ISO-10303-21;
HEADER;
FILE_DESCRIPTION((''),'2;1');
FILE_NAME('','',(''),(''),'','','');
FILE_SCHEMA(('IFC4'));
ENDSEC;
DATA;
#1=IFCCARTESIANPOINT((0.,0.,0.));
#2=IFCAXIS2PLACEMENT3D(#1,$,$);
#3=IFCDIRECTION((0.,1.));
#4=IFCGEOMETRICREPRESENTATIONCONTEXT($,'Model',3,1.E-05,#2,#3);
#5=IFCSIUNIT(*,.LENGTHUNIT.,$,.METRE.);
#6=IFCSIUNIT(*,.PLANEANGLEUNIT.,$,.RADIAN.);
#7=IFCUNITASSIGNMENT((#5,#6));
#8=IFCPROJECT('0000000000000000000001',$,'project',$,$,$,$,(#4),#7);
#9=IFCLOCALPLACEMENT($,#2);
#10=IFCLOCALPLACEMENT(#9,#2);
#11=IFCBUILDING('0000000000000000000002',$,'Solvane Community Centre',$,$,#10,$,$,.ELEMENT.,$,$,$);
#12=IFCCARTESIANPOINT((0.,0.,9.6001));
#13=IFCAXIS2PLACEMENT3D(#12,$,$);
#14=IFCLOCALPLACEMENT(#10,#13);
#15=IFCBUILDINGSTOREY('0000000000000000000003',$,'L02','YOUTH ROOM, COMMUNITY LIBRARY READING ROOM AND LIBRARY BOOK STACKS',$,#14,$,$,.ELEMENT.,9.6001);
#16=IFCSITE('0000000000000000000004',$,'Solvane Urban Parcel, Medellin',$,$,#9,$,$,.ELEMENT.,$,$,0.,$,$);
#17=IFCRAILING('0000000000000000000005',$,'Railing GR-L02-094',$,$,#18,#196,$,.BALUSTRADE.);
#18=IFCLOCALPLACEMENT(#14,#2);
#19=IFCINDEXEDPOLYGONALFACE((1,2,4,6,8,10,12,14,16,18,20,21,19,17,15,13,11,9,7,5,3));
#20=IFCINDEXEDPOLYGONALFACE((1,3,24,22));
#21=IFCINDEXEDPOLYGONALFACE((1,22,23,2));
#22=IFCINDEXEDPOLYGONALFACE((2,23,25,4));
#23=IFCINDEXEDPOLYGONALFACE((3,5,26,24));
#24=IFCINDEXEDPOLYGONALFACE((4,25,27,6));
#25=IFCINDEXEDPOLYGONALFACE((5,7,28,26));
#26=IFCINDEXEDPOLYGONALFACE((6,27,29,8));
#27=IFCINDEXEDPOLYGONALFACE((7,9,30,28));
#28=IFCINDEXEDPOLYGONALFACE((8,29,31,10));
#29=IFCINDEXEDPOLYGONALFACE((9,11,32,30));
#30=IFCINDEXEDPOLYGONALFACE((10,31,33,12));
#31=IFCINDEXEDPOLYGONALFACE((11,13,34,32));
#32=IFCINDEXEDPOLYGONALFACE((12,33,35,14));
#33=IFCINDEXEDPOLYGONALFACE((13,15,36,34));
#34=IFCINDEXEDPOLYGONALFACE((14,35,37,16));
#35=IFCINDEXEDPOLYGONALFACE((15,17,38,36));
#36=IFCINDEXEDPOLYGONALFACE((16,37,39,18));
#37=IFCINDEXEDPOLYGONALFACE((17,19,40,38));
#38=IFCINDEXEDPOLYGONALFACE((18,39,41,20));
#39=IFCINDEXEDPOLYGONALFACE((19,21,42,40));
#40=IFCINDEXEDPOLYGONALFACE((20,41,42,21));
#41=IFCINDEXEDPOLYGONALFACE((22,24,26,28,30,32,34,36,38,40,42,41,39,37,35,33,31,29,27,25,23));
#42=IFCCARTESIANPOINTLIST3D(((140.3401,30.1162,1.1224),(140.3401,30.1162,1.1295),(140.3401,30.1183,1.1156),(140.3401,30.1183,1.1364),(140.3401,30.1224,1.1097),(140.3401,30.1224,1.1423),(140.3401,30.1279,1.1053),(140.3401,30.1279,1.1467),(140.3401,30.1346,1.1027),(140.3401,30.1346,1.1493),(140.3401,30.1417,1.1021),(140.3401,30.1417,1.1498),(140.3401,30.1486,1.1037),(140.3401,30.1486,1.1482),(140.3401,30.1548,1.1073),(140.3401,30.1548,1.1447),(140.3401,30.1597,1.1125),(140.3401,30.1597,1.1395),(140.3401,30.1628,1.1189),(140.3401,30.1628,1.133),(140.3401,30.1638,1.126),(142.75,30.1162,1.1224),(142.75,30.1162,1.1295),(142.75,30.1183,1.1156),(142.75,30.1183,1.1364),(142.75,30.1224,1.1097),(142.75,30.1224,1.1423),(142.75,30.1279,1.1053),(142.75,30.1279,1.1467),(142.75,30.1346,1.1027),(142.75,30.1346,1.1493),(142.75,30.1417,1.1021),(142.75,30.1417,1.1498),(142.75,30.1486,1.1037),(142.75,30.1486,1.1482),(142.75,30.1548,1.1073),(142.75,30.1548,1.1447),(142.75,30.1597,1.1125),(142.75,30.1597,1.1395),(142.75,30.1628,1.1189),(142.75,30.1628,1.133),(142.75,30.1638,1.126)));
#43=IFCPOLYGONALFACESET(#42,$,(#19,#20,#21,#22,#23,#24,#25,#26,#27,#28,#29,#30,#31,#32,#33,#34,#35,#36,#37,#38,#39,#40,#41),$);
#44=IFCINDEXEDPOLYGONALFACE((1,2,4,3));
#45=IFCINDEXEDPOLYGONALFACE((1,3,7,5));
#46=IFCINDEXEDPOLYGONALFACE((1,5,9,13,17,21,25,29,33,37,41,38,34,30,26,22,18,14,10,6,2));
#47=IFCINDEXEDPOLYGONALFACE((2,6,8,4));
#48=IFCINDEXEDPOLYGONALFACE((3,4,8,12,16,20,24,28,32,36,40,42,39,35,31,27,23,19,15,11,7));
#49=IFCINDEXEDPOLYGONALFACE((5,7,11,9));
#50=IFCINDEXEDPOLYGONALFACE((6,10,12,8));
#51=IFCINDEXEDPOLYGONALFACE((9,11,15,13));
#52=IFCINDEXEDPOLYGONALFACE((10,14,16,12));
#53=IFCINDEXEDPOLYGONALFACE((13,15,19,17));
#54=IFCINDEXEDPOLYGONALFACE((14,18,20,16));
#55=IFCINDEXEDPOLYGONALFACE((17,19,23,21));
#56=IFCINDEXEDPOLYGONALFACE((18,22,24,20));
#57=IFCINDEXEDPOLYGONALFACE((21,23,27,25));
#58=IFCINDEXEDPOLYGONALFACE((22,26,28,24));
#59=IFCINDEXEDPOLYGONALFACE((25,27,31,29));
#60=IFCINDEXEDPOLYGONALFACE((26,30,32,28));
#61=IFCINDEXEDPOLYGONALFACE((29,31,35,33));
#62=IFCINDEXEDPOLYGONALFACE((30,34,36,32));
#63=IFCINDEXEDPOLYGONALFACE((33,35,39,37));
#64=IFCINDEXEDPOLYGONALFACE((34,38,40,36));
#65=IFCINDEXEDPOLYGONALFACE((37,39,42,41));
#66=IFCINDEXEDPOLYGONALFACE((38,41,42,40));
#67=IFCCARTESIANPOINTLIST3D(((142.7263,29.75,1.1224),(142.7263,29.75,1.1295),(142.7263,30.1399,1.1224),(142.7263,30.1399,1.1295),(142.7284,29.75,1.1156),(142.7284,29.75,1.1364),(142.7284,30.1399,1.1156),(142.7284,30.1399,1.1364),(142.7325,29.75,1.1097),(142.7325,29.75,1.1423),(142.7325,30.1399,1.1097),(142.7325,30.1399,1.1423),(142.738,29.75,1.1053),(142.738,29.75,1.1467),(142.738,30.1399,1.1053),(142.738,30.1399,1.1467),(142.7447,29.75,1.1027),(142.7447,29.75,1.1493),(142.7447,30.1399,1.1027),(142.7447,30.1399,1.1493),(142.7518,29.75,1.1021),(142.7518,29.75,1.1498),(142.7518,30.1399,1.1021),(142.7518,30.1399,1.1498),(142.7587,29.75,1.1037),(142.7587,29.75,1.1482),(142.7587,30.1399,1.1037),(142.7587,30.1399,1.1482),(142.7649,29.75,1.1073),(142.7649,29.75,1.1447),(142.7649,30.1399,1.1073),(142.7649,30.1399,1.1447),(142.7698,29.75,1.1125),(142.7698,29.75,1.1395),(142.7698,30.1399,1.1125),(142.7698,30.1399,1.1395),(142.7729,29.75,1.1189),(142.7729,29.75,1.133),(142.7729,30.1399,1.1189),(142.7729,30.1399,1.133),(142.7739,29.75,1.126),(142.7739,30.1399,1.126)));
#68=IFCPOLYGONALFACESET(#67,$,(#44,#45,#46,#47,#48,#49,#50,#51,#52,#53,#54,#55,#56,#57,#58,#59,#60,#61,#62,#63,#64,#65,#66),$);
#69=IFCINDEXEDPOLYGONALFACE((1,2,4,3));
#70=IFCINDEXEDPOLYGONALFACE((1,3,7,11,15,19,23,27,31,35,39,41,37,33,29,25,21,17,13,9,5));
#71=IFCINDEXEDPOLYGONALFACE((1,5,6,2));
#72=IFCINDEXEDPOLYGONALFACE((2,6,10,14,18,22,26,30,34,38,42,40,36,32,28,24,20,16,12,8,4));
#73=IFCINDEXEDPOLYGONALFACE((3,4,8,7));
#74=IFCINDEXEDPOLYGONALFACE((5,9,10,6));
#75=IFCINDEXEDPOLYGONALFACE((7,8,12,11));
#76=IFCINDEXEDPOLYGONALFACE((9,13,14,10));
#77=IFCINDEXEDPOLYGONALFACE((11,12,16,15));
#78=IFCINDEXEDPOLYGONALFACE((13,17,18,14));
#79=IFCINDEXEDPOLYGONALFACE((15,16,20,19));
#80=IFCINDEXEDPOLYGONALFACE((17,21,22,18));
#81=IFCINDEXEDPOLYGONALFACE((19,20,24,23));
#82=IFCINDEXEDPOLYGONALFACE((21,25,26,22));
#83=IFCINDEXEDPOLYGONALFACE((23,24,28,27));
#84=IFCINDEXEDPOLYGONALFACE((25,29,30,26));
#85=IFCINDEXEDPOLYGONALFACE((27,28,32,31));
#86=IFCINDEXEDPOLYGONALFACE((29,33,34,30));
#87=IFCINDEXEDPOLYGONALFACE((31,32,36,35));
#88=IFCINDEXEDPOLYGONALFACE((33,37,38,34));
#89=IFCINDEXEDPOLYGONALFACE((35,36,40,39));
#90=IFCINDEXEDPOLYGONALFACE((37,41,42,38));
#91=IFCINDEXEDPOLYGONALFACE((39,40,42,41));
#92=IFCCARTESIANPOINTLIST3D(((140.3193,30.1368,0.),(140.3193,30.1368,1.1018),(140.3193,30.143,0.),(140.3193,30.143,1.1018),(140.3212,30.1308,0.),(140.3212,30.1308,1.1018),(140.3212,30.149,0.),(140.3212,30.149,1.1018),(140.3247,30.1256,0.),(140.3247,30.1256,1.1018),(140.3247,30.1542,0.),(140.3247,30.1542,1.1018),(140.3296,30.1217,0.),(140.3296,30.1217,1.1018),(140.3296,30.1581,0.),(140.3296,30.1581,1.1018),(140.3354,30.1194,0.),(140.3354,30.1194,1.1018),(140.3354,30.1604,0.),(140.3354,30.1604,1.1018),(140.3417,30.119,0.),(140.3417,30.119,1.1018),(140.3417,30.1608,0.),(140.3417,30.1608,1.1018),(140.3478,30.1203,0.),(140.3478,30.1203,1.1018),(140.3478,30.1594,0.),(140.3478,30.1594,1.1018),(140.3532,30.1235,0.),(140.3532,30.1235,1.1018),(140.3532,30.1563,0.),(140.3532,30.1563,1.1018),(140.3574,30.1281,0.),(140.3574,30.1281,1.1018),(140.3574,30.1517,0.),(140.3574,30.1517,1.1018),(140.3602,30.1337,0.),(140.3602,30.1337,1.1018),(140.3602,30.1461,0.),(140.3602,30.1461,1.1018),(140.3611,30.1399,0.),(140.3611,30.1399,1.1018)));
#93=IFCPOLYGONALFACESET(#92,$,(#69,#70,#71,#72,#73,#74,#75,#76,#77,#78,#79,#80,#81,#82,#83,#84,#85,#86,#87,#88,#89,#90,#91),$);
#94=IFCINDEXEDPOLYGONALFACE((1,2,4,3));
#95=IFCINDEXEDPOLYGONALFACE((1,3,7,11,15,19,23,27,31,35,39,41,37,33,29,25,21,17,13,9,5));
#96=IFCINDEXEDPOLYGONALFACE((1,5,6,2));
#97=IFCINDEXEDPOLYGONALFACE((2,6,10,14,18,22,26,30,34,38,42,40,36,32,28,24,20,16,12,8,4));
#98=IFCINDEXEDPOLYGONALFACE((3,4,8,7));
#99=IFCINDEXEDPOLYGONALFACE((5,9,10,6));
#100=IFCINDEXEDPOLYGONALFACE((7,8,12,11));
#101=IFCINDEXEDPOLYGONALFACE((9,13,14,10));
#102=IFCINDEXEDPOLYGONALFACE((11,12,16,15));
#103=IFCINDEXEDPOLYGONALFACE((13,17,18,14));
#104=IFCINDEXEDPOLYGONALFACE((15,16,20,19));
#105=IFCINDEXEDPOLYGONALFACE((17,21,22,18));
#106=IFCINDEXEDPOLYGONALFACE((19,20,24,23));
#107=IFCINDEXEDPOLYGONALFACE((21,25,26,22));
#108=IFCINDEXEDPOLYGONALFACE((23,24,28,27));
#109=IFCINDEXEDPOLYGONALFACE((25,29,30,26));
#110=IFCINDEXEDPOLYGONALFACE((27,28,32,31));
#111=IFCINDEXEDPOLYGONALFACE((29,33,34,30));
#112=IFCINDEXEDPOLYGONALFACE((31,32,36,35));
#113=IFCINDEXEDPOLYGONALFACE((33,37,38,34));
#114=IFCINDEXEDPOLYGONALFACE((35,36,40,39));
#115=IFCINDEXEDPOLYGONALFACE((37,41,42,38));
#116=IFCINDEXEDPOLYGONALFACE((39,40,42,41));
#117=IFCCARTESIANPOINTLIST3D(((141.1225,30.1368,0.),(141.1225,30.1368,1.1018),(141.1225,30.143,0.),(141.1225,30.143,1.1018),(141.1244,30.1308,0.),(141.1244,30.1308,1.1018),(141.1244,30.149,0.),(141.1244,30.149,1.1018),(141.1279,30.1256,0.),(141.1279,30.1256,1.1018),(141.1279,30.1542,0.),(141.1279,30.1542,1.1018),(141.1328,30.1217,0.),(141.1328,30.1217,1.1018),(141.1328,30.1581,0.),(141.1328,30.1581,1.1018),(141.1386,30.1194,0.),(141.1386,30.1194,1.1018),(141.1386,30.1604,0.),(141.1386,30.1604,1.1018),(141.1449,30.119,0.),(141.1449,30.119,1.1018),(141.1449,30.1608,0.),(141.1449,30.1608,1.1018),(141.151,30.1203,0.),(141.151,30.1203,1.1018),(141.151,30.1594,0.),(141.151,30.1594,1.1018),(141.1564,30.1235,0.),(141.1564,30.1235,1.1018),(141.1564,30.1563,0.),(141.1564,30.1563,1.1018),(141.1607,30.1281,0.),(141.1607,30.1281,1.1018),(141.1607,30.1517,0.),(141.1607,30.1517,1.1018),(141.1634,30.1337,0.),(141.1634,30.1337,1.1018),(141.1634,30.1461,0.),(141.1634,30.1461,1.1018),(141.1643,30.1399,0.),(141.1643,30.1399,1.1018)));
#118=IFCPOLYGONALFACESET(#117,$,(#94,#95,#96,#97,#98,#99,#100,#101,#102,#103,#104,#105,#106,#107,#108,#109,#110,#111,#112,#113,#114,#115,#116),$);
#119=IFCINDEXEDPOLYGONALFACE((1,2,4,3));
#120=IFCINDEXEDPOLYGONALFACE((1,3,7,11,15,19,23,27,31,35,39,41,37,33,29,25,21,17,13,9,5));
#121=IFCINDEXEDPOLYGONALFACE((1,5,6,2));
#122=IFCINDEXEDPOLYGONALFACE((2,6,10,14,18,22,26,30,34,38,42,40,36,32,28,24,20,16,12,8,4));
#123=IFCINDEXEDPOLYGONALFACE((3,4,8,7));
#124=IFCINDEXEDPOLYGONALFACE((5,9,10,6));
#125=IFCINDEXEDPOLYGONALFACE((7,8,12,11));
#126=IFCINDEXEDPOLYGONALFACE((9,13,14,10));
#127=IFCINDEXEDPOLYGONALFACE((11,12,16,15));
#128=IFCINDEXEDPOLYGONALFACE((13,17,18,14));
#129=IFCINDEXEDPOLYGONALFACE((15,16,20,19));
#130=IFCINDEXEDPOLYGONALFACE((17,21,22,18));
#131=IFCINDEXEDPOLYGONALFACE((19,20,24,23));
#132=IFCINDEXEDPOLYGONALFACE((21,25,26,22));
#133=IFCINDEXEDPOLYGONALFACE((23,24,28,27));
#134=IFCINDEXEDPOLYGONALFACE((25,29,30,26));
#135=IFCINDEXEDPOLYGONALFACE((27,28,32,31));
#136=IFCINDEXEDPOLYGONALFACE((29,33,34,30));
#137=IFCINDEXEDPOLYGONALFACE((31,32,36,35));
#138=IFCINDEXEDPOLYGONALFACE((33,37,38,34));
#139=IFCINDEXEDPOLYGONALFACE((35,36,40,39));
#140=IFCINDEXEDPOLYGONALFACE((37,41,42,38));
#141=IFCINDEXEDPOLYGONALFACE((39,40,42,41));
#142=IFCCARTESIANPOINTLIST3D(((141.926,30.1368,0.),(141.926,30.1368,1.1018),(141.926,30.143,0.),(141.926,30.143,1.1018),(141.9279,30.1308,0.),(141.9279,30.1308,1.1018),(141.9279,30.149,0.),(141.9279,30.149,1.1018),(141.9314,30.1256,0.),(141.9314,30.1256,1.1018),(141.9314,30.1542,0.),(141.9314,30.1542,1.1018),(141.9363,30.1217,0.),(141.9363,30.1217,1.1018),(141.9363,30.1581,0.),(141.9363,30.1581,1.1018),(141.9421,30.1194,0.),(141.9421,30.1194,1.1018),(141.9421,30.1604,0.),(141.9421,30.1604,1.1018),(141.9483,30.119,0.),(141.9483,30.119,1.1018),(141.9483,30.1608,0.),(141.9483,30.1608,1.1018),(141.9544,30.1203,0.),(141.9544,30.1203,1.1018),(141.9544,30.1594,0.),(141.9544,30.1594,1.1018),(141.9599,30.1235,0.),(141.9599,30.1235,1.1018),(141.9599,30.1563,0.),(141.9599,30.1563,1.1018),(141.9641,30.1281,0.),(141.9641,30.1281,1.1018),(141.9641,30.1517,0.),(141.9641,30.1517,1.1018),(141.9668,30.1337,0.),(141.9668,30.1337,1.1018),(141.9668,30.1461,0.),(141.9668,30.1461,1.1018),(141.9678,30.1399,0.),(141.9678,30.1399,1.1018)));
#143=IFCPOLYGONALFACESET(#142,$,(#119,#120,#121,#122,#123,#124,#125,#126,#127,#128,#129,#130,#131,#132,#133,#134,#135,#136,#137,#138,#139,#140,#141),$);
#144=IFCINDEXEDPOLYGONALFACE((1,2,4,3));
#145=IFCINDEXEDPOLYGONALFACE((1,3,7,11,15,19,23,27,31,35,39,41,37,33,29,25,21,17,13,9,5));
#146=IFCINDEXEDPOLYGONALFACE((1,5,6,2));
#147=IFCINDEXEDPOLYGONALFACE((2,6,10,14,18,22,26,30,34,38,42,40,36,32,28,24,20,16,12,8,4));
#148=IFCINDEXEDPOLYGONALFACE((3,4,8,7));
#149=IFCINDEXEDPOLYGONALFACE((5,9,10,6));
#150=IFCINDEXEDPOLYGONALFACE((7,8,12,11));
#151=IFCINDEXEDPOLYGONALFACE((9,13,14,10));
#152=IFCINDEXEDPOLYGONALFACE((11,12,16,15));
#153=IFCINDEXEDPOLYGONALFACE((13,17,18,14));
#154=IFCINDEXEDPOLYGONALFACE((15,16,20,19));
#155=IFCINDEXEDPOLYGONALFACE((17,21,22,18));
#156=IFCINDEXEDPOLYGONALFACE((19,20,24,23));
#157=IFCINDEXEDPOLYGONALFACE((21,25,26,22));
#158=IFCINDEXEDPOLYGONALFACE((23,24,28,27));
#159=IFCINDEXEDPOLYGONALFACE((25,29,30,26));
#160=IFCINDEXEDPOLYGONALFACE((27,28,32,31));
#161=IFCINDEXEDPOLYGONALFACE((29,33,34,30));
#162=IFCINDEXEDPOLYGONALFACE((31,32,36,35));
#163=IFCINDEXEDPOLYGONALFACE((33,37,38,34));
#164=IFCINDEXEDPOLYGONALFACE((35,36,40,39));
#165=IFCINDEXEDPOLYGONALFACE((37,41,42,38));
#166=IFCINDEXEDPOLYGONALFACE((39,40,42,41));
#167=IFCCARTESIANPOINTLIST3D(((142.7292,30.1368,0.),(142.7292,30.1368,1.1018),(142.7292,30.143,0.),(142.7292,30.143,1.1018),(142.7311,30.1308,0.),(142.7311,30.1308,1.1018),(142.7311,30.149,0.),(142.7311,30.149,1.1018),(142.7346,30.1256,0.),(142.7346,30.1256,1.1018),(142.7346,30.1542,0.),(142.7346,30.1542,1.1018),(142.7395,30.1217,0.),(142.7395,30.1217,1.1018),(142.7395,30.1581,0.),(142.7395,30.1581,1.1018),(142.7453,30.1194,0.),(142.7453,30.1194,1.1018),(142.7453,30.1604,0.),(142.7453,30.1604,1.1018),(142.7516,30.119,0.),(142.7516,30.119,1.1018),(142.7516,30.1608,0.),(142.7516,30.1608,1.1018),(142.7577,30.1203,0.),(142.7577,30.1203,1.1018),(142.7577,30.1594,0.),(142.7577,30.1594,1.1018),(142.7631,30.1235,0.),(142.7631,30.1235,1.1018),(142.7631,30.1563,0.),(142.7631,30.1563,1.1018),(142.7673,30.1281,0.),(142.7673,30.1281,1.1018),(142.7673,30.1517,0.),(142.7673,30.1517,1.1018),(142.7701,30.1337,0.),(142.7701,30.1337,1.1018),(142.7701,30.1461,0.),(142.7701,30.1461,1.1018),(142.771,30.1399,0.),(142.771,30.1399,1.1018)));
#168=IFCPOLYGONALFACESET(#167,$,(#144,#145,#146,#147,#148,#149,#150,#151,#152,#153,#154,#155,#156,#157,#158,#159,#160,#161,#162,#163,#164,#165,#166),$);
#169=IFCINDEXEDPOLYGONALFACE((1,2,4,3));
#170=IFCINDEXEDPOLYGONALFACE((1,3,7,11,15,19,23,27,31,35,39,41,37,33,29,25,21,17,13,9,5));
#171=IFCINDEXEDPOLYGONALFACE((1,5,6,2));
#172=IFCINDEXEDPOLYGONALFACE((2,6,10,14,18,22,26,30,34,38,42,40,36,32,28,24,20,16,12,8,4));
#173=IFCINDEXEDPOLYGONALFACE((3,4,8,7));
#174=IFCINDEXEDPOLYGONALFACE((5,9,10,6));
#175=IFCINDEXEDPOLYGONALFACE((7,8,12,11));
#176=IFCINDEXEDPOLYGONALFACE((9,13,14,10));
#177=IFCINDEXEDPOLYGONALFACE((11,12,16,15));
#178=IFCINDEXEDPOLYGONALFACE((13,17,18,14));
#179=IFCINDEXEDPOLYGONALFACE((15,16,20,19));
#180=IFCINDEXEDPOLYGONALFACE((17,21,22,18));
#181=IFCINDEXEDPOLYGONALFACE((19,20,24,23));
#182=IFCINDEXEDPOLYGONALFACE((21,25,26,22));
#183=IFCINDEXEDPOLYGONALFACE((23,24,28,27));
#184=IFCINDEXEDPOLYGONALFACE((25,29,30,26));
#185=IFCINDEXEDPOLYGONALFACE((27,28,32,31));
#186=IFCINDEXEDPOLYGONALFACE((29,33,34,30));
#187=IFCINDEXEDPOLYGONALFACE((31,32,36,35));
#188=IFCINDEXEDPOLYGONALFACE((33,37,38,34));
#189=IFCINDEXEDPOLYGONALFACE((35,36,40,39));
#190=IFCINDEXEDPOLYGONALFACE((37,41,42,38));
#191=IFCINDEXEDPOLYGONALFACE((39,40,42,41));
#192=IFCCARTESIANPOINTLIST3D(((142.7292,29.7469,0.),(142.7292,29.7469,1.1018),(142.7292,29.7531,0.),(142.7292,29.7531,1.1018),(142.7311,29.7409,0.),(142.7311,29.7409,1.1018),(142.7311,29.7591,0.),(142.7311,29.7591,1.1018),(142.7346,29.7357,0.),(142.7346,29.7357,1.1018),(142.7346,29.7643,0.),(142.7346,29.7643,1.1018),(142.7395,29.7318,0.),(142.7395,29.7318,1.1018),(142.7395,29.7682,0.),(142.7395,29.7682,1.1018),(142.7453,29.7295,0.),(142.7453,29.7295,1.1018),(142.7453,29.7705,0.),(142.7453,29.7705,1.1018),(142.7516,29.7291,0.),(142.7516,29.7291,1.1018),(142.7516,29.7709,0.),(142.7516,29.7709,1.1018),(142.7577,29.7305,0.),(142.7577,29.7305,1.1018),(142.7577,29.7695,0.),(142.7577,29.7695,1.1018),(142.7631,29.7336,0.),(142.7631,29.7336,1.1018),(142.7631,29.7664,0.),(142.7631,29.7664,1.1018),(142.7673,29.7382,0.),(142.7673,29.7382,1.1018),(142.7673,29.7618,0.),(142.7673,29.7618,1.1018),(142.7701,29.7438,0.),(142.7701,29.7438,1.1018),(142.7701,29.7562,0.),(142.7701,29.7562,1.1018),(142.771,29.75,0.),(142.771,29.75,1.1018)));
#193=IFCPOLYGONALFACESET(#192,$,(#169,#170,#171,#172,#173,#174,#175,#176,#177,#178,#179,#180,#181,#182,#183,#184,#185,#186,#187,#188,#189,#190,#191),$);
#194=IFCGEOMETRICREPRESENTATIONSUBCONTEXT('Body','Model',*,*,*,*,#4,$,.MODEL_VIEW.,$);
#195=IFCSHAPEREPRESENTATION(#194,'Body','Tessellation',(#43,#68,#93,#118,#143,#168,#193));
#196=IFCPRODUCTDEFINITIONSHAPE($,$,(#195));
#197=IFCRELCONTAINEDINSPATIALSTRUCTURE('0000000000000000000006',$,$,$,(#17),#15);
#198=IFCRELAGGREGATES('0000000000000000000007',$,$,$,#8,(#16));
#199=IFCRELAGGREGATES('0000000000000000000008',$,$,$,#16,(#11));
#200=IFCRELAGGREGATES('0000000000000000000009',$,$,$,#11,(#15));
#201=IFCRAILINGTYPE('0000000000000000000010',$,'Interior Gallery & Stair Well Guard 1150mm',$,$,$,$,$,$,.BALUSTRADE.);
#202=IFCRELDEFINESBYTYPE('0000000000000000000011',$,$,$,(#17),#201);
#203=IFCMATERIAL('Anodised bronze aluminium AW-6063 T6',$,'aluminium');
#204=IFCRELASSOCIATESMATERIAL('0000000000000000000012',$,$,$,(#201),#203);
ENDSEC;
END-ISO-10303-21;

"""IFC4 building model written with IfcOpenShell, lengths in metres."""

from ifc_helpers import new_model, si_unit, direction, frame, origin, origin_2d, place, context, subcontext, project, spatial, circle, extrude, material, type_object, element, save


model = new_model("IFC4")

# Units and contexts
model_context = context("Model", 3, precision=1e-05, world=origin(), true_north=direction((0.0, 1.0)))
body_context = subcontext(model_context, "Body", "Model", "MODEL_VIEW")
ifc_project = project(units=[si_unit("LENGTHUNIT", "METRE"), si_unit("PLANEANGLEUNIT", "RADIAN")], contexts=[model_context])

# Site, building, storey
site_placement = place(None, origin())
site = spatial("IfcSite", under=ifc_project, at=site_placement, Name="Solvane Urban Parcel, Medellin", CompositionType="ELEMENT", RefElevation=0.0)
building_placement = place(site_placement, origin())
building = spatial("IfcBuilding", under=site, at=building_placement, Name="Solvane Community Centre", CompositionType="ELEMENT")
storey_placement = place(building_placement, frame((0.0, 0.0, 9.6001)))
storey = spatial("IfcBuildingStorey", under=building, at=storey_placement, Name="L02", Description="YOUTH ROOM, COMMUNITY LIBRARY READING ROOM AND LIBRARY BOOK STACKS", CompositionType="ELEMENT", Elevation=9.6001)

# Shared definitions
ifc_material_1 = material(Name="Anodised bronze aluminium AW-6063 T6", Category="aluminium")

# Railing
railing_type_1 = type_object("IfcRailingType", Name="Interior Gallery & Stair Well Guard 1150mm", PredefinedType="BALUSTRADE", material=ifc_material_1)
railing_1_placement = place(storey_placement, frame((140.3401, 30.1399, 0.0)))
element("IfcRailing", 1, at=railing_1_placement, inside=storey, type_object=railing_type_1, Name="Railing GR-L02-094", PredefinedType="BALUSTRADE", context=body_context, shape_type="SweptSolid", body=[
    extrude(circle(Radius=0.0239, at=origin_2d()), frame((0.0, 0.0, 1.126), z_axis=(1.0, 0.0, 0.0), x_axis=(0.0, 1.0, 0.0)), (0.0, 0.0, 1.0), 2.4099),
    extrude(circle(Radius=0.0239, at=origin_2d()), frame((2.4099, 0.0, 1.126), z_axis=(0.0, -1.0, 0.0), x_axis=(1.0, 0.0, 0.0)), (0.0, 0.0, 1.0), 0.3899),
    extrude(circle(Radius=0.021, at=origin_2d()), origin(), (0.0, 0.0, 1.0), 1.1018),
    extrude(circle(Radius=0.021, at=origin_2d()), frame((0.8032, 0.0, 0.0)), (0.0, 0.0, 1.0), 1.1018),
    extrude(circle(Radius=0.021, at=origin_2d()), frame((1.6067, 0.0, 0.0)), (0.0, 0.0, 1.0), 1.1018),
    extrude(circle(Radius=0.021, at=origin_2d()), frame((2.4099, 0.0, 0.0)), (0.0, 0.0, 1.0), 1.1018),
    extrude(circle(Radius=0.021, at=origin_2d()), frame((2.4099, -0.3899, 0.0)), (0.0, 0.0, 1.0), 1.1018),
])

save(model, "model.ifc")
